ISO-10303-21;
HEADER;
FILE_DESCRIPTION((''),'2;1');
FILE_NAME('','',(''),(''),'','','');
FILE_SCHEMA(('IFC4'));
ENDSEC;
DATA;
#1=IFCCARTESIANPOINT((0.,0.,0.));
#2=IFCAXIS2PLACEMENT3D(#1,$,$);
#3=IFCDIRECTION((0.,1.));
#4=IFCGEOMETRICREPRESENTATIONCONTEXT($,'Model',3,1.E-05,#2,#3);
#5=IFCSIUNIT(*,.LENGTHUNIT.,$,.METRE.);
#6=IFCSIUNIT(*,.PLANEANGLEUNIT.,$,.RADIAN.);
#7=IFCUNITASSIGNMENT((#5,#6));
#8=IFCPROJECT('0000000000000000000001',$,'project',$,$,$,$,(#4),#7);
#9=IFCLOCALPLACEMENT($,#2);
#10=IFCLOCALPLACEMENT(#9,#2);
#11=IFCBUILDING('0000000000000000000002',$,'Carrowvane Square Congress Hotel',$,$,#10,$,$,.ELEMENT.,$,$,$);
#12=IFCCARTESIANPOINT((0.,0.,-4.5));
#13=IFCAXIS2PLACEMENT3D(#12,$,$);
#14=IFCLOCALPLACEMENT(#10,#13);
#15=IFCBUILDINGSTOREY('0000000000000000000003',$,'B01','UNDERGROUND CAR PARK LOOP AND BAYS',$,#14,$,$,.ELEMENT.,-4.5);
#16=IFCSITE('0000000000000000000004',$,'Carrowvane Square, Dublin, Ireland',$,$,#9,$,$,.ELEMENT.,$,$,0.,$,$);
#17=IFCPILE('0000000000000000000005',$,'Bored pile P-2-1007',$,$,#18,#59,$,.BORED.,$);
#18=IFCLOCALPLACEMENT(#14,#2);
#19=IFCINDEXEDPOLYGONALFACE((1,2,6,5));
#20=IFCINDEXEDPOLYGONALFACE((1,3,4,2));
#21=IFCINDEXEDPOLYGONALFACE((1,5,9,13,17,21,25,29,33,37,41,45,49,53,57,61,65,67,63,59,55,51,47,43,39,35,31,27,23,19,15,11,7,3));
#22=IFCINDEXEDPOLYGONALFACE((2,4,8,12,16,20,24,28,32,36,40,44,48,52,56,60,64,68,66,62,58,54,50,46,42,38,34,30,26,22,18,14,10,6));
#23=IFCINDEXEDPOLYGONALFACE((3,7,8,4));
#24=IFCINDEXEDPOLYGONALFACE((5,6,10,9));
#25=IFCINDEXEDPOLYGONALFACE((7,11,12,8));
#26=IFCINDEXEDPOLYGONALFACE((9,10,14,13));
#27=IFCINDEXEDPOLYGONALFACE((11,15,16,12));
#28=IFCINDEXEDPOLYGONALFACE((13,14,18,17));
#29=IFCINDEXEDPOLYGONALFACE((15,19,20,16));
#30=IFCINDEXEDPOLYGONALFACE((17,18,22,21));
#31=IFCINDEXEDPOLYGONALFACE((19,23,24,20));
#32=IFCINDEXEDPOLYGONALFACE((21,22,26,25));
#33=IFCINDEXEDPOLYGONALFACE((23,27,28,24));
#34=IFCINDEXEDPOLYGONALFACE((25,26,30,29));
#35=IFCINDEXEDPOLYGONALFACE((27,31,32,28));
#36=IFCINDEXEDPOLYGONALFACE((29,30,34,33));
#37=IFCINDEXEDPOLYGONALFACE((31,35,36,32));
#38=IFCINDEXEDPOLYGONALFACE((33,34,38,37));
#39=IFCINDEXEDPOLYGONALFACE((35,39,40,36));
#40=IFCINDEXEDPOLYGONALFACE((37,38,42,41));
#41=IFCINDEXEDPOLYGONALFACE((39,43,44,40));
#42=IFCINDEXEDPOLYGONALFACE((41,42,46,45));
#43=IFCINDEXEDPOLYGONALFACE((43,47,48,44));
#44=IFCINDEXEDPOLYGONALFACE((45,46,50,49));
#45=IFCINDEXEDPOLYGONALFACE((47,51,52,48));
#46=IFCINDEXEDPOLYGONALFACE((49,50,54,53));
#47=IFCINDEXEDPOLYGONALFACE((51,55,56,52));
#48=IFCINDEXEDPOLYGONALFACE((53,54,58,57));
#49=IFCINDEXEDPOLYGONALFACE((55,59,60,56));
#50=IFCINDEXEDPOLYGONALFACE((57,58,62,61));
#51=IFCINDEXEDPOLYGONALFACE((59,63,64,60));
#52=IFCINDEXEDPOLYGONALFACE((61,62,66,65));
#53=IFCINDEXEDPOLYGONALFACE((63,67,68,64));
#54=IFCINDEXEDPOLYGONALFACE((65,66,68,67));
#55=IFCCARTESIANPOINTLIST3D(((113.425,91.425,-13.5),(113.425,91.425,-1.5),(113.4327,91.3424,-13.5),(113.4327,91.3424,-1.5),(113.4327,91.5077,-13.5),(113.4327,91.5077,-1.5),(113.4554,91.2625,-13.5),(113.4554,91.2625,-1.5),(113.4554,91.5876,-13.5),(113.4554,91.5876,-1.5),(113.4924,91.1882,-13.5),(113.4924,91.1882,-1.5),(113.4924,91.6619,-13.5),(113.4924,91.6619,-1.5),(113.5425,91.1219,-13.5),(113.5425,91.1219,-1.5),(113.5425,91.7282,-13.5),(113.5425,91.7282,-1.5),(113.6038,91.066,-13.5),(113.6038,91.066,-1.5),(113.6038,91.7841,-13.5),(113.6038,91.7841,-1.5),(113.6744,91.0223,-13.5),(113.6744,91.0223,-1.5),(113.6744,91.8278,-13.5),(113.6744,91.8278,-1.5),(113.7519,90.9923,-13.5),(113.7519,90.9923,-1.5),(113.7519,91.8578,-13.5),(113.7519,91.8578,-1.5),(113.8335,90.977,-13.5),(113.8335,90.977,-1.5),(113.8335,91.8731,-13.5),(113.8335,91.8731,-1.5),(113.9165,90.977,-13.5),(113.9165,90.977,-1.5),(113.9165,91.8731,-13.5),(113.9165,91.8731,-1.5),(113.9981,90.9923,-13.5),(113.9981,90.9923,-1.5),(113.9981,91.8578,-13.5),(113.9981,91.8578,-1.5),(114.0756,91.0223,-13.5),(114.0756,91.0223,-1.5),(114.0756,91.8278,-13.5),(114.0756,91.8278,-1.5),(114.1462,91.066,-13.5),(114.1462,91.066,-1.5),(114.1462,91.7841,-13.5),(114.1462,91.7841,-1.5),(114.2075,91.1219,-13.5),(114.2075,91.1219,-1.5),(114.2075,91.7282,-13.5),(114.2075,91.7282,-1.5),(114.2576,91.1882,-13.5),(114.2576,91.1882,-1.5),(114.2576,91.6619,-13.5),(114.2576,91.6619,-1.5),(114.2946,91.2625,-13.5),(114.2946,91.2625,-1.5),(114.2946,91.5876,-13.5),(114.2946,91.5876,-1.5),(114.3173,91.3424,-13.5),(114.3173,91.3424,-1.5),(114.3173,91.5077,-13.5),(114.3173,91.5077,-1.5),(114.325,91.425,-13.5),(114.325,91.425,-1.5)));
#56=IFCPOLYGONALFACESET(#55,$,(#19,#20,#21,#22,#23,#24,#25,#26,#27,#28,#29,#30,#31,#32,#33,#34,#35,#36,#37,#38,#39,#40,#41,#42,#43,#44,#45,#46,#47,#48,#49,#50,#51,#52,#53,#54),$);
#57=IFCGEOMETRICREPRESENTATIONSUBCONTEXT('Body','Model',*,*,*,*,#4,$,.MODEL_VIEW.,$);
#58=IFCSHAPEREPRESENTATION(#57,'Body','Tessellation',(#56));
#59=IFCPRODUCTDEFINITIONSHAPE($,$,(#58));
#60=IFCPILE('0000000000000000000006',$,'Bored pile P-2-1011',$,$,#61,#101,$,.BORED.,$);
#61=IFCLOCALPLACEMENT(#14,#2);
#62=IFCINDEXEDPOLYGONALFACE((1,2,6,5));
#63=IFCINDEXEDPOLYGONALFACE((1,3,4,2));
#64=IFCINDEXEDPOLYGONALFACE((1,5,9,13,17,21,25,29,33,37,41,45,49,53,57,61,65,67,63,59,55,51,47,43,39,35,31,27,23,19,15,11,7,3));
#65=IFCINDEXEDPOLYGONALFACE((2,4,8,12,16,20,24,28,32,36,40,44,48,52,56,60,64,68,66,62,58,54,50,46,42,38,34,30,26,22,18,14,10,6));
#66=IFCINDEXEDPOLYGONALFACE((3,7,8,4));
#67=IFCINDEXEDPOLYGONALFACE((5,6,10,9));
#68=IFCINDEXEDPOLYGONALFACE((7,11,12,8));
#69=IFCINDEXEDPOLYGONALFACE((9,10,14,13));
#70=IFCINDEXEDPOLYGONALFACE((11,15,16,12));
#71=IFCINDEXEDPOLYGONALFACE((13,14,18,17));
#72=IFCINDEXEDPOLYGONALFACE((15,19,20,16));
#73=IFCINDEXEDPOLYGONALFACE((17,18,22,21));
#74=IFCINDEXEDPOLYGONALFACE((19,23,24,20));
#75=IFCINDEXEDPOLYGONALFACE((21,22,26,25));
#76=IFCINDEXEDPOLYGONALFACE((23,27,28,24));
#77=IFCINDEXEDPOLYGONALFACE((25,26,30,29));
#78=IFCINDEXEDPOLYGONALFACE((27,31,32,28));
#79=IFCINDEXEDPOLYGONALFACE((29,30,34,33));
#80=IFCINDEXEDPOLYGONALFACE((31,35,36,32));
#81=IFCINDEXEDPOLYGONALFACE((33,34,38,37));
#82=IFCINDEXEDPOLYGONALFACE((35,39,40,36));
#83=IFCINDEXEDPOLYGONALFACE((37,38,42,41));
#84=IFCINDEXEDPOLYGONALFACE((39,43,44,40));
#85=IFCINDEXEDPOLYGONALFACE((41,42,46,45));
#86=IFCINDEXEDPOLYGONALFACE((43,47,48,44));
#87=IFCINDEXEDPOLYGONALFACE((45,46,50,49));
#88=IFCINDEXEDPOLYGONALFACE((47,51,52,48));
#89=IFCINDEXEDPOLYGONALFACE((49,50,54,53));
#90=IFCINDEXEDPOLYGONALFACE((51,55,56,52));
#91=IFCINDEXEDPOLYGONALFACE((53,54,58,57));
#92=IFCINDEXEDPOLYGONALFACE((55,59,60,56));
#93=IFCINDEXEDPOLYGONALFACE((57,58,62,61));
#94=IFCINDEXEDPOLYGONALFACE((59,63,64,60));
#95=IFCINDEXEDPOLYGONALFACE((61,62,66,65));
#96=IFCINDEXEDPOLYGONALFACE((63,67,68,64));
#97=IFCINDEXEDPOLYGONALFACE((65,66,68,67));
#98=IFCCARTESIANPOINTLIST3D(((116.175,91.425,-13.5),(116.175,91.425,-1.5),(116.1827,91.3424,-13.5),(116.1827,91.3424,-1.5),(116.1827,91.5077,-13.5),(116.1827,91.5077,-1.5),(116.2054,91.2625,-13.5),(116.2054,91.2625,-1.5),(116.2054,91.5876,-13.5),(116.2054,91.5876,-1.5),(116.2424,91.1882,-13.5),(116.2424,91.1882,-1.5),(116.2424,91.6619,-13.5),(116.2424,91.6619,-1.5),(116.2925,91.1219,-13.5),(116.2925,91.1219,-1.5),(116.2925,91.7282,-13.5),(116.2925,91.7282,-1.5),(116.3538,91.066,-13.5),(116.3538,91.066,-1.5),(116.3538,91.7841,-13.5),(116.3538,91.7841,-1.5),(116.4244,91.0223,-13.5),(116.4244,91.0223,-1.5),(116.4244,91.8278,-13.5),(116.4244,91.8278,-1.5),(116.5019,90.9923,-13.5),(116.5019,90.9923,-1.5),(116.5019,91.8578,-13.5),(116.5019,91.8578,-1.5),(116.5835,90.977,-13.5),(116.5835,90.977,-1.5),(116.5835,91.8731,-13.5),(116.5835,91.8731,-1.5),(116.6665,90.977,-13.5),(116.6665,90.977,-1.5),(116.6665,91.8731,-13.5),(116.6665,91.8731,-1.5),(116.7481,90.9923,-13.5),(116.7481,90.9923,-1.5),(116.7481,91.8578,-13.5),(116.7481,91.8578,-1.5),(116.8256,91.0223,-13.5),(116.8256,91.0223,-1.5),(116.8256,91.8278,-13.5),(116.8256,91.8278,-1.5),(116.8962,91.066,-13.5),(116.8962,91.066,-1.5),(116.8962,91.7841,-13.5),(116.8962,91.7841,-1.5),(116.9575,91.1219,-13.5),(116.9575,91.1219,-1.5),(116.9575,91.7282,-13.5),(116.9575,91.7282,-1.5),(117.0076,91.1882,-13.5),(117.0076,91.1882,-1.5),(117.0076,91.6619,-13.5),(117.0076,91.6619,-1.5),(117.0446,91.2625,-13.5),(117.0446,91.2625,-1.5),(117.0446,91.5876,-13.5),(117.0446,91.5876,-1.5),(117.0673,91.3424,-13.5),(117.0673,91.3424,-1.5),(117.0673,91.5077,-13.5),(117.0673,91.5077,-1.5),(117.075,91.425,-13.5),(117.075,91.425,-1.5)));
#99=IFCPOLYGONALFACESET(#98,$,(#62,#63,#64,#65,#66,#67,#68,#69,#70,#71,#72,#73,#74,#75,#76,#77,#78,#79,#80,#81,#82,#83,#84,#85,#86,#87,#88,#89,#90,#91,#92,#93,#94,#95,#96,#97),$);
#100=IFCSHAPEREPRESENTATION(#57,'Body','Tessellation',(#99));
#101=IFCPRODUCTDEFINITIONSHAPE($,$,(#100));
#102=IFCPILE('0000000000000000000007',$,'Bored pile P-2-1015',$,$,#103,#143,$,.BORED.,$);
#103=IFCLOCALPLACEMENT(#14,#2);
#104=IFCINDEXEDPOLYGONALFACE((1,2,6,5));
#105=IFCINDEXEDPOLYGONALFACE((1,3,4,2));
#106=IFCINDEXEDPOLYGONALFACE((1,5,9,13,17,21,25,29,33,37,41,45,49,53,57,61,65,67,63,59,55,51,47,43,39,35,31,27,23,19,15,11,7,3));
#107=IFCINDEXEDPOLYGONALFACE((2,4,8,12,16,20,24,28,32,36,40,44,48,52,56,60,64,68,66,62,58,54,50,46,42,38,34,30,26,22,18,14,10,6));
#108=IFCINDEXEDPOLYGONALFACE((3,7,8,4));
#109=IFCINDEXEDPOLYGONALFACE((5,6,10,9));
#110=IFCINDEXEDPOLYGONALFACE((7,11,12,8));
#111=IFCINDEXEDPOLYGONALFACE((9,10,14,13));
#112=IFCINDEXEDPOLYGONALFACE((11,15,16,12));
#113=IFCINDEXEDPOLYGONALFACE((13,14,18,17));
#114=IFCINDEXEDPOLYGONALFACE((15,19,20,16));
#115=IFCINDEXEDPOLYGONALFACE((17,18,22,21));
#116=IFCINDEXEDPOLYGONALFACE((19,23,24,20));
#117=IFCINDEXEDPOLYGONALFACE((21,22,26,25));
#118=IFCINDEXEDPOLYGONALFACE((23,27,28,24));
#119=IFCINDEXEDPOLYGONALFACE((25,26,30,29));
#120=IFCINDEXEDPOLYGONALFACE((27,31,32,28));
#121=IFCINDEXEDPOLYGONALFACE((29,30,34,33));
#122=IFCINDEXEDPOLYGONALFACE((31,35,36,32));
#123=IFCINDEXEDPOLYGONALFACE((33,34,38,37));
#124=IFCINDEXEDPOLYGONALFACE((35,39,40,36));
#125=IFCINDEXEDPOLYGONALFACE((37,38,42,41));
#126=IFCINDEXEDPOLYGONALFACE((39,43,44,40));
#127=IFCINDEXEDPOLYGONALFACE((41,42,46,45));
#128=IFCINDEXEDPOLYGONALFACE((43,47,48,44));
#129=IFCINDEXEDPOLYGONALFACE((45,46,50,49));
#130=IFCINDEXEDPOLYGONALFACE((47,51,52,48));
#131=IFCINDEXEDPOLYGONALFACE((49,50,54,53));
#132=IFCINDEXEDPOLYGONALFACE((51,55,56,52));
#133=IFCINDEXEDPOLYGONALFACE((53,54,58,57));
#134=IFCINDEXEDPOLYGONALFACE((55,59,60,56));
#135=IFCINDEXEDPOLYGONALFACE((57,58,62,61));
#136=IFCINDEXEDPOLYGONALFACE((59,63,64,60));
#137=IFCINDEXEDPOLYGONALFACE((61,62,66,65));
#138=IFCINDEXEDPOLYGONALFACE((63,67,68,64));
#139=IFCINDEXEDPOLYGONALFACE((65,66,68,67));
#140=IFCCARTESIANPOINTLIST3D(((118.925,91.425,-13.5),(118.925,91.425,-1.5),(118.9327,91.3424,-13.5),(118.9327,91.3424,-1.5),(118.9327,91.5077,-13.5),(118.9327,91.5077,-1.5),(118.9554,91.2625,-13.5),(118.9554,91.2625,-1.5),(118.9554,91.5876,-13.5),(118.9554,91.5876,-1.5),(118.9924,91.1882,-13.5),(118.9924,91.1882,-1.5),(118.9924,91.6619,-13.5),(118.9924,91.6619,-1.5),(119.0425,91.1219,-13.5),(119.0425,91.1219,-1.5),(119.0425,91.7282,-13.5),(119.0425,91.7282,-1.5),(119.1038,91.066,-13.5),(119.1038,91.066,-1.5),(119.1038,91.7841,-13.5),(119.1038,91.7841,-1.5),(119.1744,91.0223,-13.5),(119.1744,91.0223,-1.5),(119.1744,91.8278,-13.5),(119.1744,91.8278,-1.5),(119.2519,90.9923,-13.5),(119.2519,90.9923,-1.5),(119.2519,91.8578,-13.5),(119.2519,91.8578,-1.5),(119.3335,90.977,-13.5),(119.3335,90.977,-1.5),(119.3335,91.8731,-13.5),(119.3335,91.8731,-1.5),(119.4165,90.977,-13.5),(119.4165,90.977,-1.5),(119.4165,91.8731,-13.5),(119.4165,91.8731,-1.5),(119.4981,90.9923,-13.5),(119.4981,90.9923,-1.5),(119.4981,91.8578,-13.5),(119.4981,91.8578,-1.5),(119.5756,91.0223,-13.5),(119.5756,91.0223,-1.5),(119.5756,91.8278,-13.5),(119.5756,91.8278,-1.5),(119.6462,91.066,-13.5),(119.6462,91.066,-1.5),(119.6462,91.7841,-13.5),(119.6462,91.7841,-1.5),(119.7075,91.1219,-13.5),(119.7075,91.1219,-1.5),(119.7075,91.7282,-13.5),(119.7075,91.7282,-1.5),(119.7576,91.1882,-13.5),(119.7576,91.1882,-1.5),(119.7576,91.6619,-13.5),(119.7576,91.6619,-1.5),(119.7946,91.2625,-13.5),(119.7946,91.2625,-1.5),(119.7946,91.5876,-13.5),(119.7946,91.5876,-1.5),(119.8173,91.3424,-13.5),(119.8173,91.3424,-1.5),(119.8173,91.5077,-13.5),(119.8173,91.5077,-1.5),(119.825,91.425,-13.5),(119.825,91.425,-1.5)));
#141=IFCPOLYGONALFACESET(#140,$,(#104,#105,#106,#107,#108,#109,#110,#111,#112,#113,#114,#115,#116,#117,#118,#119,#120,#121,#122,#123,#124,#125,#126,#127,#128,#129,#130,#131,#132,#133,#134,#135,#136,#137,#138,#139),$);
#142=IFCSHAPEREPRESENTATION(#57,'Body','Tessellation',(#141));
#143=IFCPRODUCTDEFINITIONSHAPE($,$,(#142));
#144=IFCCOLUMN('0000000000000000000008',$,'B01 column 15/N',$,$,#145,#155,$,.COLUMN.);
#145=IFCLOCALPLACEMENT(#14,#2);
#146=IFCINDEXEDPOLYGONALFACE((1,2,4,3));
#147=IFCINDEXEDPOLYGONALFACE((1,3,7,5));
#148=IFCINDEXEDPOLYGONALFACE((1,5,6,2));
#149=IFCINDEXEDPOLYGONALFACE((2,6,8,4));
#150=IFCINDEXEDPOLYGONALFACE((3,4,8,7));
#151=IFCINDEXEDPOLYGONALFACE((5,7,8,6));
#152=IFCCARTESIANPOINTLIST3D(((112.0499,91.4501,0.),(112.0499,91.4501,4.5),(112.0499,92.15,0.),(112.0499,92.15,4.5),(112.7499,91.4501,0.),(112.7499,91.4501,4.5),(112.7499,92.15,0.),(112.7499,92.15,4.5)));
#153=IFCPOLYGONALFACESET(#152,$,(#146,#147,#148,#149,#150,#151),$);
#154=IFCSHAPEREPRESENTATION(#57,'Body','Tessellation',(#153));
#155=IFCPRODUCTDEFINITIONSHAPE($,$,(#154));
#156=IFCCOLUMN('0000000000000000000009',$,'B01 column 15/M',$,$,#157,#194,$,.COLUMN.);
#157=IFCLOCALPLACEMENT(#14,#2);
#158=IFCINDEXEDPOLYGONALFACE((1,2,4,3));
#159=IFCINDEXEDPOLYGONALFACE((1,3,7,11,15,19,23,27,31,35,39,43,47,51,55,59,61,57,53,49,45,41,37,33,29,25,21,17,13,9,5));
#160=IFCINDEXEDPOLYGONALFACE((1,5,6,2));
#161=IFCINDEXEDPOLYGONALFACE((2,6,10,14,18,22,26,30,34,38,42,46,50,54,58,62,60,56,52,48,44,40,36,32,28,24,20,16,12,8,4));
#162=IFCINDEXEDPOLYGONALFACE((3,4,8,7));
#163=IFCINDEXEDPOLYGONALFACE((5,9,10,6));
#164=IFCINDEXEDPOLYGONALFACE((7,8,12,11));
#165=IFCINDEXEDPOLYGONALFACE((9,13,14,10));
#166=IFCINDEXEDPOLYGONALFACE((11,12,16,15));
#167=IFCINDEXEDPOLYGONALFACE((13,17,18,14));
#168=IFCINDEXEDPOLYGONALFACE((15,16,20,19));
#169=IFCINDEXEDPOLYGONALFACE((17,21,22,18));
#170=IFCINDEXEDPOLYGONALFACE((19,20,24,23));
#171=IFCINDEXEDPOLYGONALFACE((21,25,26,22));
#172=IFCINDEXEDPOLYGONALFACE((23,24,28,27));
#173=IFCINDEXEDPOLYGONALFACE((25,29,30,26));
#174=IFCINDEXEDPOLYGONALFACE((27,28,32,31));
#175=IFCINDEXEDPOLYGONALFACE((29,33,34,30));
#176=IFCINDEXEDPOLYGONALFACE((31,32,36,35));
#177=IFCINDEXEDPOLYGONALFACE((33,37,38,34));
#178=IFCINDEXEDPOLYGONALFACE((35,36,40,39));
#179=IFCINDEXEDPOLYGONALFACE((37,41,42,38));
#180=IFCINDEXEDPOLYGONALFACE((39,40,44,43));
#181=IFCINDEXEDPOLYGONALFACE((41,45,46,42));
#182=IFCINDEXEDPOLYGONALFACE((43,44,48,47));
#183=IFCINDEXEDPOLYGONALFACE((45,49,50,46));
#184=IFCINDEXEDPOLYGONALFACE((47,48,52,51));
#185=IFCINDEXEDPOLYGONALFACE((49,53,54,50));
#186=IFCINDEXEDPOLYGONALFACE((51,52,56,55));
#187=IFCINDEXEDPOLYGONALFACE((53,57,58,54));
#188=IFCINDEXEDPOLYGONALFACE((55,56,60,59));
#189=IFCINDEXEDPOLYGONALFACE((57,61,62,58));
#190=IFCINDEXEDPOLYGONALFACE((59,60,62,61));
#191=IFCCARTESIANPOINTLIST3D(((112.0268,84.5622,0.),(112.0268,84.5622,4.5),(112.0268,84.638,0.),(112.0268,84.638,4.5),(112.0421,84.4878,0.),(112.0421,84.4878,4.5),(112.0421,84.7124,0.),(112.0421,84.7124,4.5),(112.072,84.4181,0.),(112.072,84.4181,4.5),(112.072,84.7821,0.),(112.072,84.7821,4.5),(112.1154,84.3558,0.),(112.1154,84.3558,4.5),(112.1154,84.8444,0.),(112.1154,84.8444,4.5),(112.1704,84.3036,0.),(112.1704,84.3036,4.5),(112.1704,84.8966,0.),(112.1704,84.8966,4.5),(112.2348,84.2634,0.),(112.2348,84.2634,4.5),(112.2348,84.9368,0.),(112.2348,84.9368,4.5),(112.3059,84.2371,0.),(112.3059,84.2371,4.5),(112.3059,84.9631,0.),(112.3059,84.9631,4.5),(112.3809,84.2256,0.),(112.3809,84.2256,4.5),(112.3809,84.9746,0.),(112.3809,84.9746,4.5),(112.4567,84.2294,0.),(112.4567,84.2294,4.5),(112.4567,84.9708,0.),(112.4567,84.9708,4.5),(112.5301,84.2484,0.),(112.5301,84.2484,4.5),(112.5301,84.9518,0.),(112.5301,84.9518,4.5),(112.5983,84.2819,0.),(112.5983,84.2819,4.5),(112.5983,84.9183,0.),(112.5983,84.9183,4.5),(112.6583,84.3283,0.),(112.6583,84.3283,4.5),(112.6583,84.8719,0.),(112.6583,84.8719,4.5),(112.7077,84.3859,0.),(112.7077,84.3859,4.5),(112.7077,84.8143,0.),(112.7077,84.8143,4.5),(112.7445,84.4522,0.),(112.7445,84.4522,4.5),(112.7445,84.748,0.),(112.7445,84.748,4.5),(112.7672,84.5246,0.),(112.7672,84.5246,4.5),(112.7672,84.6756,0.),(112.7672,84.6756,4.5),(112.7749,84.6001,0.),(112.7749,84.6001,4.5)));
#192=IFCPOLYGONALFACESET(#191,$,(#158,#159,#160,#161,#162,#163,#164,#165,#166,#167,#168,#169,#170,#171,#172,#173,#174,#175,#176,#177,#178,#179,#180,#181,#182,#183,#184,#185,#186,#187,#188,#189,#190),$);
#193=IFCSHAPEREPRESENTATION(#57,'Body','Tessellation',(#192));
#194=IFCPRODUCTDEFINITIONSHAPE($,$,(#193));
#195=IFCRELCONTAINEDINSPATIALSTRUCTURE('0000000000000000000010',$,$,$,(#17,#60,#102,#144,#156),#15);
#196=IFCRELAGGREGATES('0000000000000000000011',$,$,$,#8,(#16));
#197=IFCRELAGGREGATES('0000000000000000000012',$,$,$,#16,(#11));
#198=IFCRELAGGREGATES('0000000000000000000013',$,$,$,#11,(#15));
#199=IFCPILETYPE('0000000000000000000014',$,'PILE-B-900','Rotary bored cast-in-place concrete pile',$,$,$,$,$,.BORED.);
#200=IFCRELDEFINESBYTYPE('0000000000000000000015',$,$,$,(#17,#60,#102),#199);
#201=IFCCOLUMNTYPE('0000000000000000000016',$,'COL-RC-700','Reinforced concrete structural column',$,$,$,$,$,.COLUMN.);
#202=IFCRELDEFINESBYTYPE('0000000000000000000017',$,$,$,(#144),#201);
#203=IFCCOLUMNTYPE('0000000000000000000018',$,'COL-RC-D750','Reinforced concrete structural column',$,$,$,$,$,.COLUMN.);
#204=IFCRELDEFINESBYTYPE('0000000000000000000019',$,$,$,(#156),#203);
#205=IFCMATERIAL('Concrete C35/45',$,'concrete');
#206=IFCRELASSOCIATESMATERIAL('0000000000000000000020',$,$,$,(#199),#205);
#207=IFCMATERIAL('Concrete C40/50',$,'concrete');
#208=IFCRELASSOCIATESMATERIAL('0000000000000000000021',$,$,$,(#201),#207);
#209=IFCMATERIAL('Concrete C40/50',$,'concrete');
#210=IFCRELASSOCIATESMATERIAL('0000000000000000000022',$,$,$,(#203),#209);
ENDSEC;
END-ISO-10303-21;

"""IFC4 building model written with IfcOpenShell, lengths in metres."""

from ifc_helpers import new_model, si_unit, direction, frame, origin, origin_2d, place, context, subcontext, project, spatial, rectangle, circle, extrude, material, material_profile, profile_set, type_object, element, save


model = new_model("IFC4")

# Units and contexts
model_context = context("Model", 3, precision=1e-05, world=origin(), true_north=direction((0.0, 1.0)))
body_context = subcontext(model_context, "Body", "Model", "MODEL_VIEW")
ifc_project = project(units=[si_unit("LENGTHUNIT", "METRE"), si_unit("PLANEANGLEUNIT", "RADIAN")], contexts=[model_context])

# Site, building, storey
site_placement = place(None, origin())
site = spatial("IfcSite", under=ifc_project, at=site_placement, Name="Carrowvane Square, Dublin, Ireland", CompositionType="ELEMENT", RefElevation=0.0)
building_placement = place(site_placement, origin())
building = spatial("IfcBuilding", under=site, at=building_placement, Name="Carrowvane Square Congress Hotel", CompositionType="ELEMENT")
storey_placement = place(building_placement, frame((0.0, 0.0, -4.5)))
storey = spatial("IfcBuildingStorey", under=building, at=storey_placement, Name="B01", Description="UNDERGROUND CAR PARK LOOP AND BAYS", CompositionType="ELEMENT", Elevation=-4.5)

# Piles
ifc_material_1 = material(Name="Concrete C35/45", Category="concrete")
ifc_material_profile_1 = material_profile(ifc_material_1, circle(Radius=0.45, at=origin_2d()), Name="PILE D900")
ifc_profile_set_1 = profile_set([ifc_material_profile_1], Name="Concrete C35/45")
pile_type_1 = type_object("IfcPileType", Name="PILE-B-900", Description="Rotary bored cast-in-place concrete pile", PredefinedType="BORED", material=ifc_profile_set_1)
for number, where, z_axis, x_axis, name in (
    (1, (113.875, 91.425, -1.5), (0.0, 0.0, -1.0), (1.0, 0.0, 0.0), "Bored pile P-2-1007"),
    (2, (116.625, 91.425, -1.5), (0.0, 0.0, -1.0), (1.0, 0.0, 0.0), "Bored pile P-2-1011"),
    (3, (119.375, 91.425, -1.5), (0.0, 0.0, -1.0), (1.0, 0.0, 0.0), "Bored pile P-2-1015"),
):
    element("IfcPile", number, at=place(storey_placement, frame(where, z_axis=z_axis, x_axis=x_axis)), inside=storey, type_object=pile_type_1, Name=name, PredefinedType="BORED", context=body_context, shape_type="SweptSolid", body=[
        extrude(circle(Radius=0.45, at=origin_2d()), origin(), (0.0, 0.0, 1.0), 12.0),
    ])

# Columns
ifc_material_2 = material(Name="Concrete C40/50", Category="concrete")
ifc_material_profile_2 = material_profile(ifc_material_2, rectangle(XDim=0.7, YDim=0.7, at=origin_2d()), Name="RC 700x700")
ifc_profile_set_2 = profile_set([ifc_material_profile_2], Name="Concrete C40/50")
column_type_1 = type_object("IfcColumnType", Name="COL-RC-700", Description="Reinforced concrete structural column", PredefinedType="COLUMN", material=ifc_profile_set_2)
column_1_placement = place(storey_placement, frame((112.3999, 91.8, 0.0), z_axis=(0.0, 0.0, 1.0), x_axis=(1.0, 0.0, 0.0)))
element("IfcColumn", 4, at=column_1_placement, inside=storey, type_object=column_type_1, Name="B01 column 15/N", PredefinedType="COLUMN", context=body_context, shape_type="SweptSolid", body=[
    extrude(rectangle(XDim=0.7, YDim=0.7, at=origin_2d()), origin(), (0.0, 0.0, 1.0), 4.5),
])
ifc_material_3 = material(Name="Concrete C40/50", Category="concrete")
ifc_material_profile_3 = material_profile(ifc_material_3, circle(Radius=0.375, at=origin_2d()), Name="RC D750")
ifc_profile_set_3 = profile_set([ifc_material_profile_3], Name="Concrete C40/50")
column_type_2 = type_object("IfcColumnType", Name="COL-RC-D750", Description="Reinforced concrete structural column", PredefinedType="COLUMN", material=ifc_profile_set_3)
for number, where, z_axis, x_axis, name in (
    (5, (112.3999, 84.6001, 0.0), (0.0, 0.0, 1.0), (1.0, 0.0, 0.0), "B01 column 15/M"),
):
    element("IfcColumn", number, at=place(storey_placement, frame(where, z_axis=z_axis, x_axis=x_axis)), inside=storey, type_object=column_type_2, Name=name, PredefinedType="COLUMN", context=body_context, shape_type="SweptSolid", body=[
        extrude(circle(Radius=0.375, at=origin_2d()), origin(), (0.0, 0.0, 1.0), 4.5),
    ])

save(model, "model.ifc")
